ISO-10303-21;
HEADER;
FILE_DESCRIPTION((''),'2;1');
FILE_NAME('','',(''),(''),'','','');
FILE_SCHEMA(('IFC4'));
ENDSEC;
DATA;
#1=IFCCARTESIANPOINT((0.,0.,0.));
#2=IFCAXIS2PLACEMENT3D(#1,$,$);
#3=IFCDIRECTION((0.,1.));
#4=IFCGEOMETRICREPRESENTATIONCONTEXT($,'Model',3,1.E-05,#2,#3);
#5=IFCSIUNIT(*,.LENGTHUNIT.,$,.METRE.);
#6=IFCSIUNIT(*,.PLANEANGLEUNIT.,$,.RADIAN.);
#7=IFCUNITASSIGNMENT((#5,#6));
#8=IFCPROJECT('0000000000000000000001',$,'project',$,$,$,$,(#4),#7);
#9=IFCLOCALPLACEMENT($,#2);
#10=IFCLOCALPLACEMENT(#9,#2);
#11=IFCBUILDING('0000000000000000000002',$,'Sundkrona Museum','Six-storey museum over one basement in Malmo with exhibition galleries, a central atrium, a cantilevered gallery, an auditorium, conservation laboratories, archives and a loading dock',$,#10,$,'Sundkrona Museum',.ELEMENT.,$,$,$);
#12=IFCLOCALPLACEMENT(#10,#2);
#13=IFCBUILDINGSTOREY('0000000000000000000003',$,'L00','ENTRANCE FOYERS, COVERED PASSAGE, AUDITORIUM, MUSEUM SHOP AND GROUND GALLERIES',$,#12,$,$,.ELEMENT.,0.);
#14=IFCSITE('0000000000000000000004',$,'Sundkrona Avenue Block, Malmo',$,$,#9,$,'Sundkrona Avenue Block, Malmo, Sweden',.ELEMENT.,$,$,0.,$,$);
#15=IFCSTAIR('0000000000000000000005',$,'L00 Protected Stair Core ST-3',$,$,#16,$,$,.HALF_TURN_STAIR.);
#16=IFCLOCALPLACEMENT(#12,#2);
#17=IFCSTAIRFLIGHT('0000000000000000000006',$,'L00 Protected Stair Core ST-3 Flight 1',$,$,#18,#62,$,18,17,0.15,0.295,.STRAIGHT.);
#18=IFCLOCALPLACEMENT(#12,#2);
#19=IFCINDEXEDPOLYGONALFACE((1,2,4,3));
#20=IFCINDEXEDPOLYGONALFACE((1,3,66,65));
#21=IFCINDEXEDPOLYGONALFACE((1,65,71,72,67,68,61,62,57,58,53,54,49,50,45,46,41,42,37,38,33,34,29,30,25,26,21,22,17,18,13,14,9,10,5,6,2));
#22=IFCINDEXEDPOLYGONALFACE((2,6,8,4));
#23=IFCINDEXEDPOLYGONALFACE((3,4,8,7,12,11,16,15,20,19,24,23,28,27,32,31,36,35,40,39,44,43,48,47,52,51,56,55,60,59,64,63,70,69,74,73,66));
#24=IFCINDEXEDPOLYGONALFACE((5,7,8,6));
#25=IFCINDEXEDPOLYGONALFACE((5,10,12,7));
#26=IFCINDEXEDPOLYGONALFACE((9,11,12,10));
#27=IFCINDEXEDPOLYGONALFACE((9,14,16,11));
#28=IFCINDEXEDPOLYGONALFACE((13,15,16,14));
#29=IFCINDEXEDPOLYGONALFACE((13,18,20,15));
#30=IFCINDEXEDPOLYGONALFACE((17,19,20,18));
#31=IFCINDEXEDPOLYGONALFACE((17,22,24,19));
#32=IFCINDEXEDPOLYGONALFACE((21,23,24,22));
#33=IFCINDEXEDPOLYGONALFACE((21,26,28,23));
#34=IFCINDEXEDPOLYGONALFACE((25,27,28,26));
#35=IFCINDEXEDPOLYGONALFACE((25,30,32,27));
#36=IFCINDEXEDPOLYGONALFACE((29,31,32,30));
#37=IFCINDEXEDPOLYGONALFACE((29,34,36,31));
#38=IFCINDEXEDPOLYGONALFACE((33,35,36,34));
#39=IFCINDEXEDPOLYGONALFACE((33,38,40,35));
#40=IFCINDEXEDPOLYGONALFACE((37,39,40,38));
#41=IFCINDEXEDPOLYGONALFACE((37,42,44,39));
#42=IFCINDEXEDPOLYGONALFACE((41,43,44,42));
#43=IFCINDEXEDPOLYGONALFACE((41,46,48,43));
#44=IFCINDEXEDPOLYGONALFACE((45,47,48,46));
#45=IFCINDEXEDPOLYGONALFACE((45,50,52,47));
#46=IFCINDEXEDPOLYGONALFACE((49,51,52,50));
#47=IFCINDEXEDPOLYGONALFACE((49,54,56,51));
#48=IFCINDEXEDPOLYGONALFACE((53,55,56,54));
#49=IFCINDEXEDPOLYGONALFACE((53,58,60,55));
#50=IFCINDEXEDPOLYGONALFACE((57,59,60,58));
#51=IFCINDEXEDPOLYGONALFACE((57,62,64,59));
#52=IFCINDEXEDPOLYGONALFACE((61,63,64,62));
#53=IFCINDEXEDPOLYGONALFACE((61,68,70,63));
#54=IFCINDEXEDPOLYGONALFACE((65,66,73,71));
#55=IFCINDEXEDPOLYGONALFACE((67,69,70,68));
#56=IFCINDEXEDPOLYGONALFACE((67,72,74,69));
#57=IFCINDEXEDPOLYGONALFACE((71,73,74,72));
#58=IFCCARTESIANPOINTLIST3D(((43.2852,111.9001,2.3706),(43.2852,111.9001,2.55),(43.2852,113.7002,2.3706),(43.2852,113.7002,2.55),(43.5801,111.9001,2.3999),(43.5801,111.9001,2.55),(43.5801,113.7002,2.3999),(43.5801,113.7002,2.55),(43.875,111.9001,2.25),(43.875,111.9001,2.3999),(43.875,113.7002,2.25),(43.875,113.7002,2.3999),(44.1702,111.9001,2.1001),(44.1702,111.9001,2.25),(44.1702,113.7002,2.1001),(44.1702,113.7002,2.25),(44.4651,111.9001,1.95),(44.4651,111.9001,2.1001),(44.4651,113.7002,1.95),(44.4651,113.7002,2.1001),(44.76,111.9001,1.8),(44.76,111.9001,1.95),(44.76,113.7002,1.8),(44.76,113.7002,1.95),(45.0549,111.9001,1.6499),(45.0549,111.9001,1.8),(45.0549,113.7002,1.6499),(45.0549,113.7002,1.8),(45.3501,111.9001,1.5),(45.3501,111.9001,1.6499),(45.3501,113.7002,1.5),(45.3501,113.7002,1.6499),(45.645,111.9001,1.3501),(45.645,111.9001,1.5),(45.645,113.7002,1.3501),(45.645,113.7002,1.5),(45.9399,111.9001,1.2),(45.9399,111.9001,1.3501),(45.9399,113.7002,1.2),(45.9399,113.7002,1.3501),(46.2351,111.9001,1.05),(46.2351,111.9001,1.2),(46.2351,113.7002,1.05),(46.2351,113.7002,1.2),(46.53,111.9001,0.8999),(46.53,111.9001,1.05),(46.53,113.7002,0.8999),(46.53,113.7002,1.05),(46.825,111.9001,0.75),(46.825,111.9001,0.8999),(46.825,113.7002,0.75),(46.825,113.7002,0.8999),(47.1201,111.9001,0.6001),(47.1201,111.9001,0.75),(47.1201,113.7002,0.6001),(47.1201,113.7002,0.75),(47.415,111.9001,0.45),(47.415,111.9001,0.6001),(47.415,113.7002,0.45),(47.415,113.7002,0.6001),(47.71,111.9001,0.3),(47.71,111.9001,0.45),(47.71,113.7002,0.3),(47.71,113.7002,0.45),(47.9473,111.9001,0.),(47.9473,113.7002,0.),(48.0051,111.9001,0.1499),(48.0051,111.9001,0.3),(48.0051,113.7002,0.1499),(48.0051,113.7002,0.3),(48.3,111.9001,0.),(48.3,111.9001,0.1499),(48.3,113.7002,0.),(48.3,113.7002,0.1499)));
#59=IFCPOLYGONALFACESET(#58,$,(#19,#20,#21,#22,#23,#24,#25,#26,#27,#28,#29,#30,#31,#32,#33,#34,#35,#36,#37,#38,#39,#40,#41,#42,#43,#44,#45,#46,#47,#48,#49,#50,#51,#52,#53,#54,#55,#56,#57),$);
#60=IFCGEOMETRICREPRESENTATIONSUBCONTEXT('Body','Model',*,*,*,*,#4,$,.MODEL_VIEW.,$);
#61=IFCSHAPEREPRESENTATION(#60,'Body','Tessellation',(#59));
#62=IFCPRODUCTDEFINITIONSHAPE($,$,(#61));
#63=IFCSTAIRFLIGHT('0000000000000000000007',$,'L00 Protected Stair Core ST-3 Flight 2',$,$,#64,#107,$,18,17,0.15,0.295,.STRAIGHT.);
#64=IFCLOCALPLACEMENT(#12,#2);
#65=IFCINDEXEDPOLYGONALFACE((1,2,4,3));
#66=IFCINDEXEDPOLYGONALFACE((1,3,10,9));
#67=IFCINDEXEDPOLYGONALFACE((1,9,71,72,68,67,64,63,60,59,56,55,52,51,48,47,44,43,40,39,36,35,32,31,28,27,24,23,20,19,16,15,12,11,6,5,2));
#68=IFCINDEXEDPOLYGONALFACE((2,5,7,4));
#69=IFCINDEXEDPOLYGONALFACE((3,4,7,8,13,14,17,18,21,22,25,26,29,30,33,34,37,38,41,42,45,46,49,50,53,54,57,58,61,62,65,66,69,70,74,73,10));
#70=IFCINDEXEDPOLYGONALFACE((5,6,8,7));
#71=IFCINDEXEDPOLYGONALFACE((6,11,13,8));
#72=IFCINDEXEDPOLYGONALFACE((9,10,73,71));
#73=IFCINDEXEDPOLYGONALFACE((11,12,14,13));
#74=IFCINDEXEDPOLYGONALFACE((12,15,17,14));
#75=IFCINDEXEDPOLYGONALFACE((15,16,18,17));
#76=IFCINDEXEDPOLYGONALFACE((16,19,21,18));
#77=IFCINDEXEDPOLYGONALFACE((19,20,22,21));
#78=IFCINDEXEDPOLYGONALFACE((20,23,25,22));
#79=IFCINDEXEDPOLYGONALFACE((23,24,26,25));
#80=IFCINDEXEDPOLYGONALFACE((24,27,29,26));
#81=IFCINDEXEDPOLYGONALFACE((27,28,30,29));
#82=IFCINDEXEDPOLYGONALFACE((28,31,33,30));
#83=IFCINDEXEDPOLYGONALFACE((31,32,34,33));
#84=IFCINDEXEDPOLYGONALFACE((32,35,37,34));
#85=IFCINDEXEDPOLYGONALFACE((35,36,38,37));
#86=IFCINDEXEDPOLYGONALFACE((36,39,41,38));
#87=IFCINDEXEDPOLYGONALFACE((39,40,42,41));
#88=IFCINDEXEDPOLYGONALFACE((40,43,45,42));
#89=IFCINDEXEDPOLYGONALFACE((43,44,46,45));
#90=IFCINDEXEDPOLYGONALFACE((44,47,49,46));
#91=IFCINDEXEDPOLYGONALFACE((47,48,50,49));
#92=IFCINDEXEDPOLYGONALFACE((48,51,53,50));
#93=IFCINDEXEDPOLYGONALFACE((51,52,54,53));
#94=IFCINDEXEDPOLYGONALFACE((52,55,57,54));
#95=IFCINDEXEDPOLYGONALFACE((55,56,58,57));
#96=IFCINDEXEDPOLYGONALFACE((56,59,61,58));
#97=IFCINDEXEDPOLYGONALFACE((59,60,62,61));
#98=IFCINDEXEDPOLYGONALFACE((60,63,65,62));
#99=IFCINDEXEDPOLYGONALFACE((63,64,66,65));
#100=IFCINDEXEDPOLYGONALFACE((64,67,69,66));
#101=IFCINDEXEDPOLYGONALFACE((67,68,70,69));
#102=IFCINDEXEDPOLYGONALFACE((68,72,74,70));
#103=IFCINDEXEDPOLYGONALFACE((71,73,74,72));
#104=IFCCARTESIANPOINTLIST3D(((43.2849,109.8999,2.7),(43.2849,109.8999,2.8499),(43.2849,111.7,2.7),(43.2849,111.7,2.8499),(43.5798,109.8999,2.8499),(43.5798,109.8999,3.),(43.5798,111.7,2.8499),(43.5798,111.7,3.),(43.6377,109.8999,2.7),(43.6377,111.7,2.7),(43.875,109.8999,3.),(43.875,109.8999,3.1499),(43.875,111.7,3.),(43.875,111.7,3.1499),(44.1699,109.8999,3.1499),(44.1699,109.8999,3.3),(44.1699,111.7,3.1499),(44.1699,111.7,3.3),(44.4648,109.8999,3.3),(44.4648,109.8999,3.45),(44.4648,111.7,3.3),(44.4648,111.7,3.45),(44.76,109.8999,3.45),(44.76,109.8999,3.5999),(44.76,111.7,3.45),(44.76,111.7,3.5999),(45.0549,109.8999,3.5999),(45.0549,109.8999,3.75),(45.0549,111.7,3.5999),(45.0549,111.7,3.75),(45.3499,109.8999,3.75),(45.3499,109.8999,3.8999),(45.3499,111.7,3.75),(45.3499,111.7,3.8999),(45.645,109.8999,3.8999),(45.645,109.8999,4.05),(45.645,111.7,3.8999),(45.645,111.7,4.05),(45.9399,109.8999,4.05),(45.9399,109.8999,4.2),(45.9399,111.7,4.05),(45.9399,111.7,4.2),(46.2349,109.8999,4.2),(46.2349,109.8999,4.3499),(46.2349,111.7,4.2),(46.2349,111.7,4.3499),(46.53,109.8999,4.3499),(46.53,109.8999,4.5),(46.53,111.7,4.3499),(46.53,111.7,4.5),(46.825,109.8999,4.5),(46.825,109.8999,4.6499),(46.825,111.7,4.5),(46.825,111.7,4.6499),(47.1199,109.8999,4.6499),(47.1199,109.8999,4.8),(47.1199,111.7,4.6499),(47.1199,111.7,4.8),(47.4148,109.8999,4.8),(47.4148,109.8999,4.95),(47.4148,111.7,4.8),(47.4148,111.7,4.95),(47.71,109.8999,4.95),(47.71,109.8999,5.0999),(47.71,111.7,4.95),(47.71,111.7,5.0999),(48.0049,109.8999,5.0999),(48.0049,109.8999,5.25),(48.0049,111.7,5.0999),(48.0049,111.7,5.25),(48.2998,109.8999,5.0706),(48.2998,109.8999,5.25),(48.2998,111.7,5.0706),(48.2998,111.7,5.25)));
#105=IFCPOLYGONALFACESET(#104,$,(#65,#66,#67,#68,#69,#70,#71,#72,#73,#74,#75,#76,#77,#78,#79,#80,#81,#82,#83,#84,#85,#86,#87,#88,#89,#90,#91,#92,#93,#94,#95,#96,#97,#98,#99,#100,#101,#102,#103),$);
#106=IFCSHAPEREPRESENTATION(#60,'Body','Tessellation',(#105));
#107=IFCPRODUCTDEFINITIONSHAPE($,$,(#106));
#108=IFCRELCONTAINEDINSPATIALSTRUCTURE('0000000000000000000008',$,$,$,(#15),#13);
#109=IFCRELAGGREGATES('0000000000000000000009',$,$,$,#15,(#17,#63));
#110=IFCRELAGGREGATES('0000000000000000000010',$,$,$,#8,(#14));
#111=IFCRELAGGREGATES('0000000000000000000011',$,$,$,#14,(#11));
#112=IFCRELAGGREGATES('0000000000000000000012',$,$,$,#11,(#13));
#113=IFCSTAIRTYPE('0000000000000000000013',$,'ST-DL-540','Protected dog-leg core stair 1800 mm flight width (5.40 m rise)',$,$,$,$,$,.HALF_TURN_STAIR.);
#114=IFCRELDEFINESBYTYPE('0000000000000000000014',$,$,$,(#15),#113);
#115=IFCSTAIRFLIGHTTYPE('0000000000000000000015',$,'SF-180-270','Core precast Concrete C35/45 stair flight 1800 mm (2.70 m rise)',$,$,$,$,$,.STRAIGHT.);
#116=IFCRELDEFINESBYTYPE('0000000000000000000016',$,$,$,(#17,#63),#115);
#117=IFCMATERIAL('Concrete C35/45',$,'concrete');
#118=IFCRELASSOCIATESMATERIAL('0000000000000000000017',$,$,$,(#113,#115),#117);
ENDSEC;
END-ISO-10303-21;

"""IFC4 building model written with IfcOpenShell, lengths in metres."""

from ifc_helpers import new_model, si_unit, direction, frame, origin, place, context, subcontext, project, spatial, polyline, outline, extrude, material, type_object, element, aggregate, save


model = new_model("IFC4")

# Units and contexts
model_context = context("Model", 3, precision=1e-05, world=origin(), true_north=direction((0.0, 1.0)))
body_context = subcontext(model_context, "Body", "Model", "MODEL_VIEW")
ifc_project = project(units=[si_unit("LENGTHUNIT", "METRE"), si_unit("PLANEANGLEUNIT", "RADIAN")], contexts=[model_context])

# Site, building, storey
site_placement = place(None, origin())
site = spatial("IfcSite", under=ifc_project, at=site_placement, Name="Sundkrona Avenue Block, Malmo", LongName="Sundkrona Avenue Block, Malmo, Sweden", CompositionType="ELEMENT", RefElevation=0.0)
building_placement = place(site_placement, origin())
building = spatial("IfcBuilding", under=site, at=building_placement, Name="Sundkrona Museum", Description="Six-storey museum over one basement in Malmo with exhibition galleries, a central atrium, a cantilevered gallery, an auditorium, conservation laboratories, archives and a loading dock", LongName="Sundkrona Museum", CompositionType="ELEMENT")
storey_placement = place(building_placement, origin())
storey = spatial("IfcBuildingStorey", under=building, at=storey_placement, Name="L00", Description="ENTRANCE FOYERS, COVERED PASSAGE, AUDITORIUM, MUSEUM SHOP AND GROUND GALLERIES", CompositionType="ELEMENT", Elevation=0.0)

# Stair, stair flights
ifc_material_1 = material(Name="Concrete C35/45", Category="concrete")
stair_type = type_object("IfcStairType", Name="ST-DL-540", Description="Protected dog-leg core stair 1800 mm flight width (5.40 m rise)", PredefinedType="HALF_TURN_STAIR", material=ifc_material_1)
stair_placement = place(storey_placement, origin())
stair = element("IfcStair", 1, at=stair_placement, inside=storey, type_object=stair_type, Name="L00 Protected Stair Core ST-3", PredefinedType="HALF_TURN_STAIR")
stair_flight_type = type_object("IfcStairFlightType", Name="SF-180-270", Description="Core precast Concrete C35/45 stair flight 1800 mm (2.70 m rise)", PredefinedType="STRAIGHT", material=ifc_material_1)
stair_flight_1_placement = place(storey_placement, frame((48.3, 112.8, 0.0), z_axis=(0.0, 0.0, 1.0), x_axis=(-1.0, 0.0, 0.0)))
stair_flight_1 = element("IfcStairFlight", 2, at=stair_flight_1_placement, type_object=stair_flight_type, Name="L00 Protected Stair Core ST-3 Flight 1", NumberOfRisers=18, NumberOfTreads=17, PredefinedType="STRAIGHT", RiserHeight=0.15, TreadLength=0.295, context=body_context, shape_type="SweptSolid", body=[
    extrude(outline(polyline([(0.0, 0.0), (0.0, 0.1499), (0.2949, 0.1499), (0.2949, 0.3), (0.5901, 0.3), (0.5901, 0.45), (0.885, 0.45), (0.885, 0.6001), (1.1799, 0.6001), (1.1799, 0.75), (1.4751, 0.75), (1.4751, 0.8999), (1.77, 0.8999), (1.77, 1.05), (2.0649, 1.05), (2.0649, 1.2), (2.3601, 1.2), (2.3601, 1.3501), (2.655, 1.3501), (2.655, 1.5), (2.95, 1.5), (2.95, 1.6499), (3.2451, 1.6499), (3.2451, 1.8), (3.54, 1.8), (3.54, 1.95), (3.835, 1.95), (3.835, 2.1001), (4.1299, 2.1001), (4.1299, 2.25), (4.425, 2.25), (4.425, 2.3999), (4.72, 2.3999), (4.72, 2.55), (5.0149, 2.55), (5.0149, 2.7), (5.0149, 2.3706), (0.3528, 0.0), (0.0, 0.0)])), frame((0.0, 0.8999, 0.0), z_axis=(0.0, -1.0, 0.0), x_axis=(1.0, 0.0, 0.0)), (0.0, 0.0, 1.0), 1.8),
])
stair_flight_2_placement = place(storey_placement, frame((43.2849, 110.8, 2.7), z_axis=(0.0, 0.0, 1.0), x_axis=(1.0, 0.0, 0.0)))
stair_flight_2 = element("IfcStairFlight", 3, at=stair_flight_2_placement, type_object=stair_flight_type, Name="L00 Protected Stair Core ST-3 Flight 2", NumberOfRisers=18, NumberOfTreads=17, PredefinedType="STRAIGHT", RiserHeight=0.15, TreadLength=0.295, context=body_context, shape_type="SweptSolid", body=[
    extrude(outline(polyline([(0.0, 0.0), (0.0, 0.1499), (0.2949, 0.1499), (0.2949, 0.3), (0.5901, 0.3), (0.5901, 0.45), (0.885, 0.45), (0.885, 0.6001), (1.1799, 0.6001), (1.1799, 0.75), (1.4751, 0.75), (1.4751, 0.8999), (1.77, 0.8999), (1.77, 1.05), (2.0649, 1.05), (2.0649, 1.2), (2.3601, 1.2), (2.3601, 1.3501), (2.655, 1.3501), (2.655, 1.5), (2.95, 1.5), (2.95, 1.6499), (3.2451, 1.6499), (3.2451, 1.8), (3.54, 1.8), (3.54, 1.95), (3.835, 1.95), (3.835, 2.1001), (4.1299, 2.1001), (4.1299, 2.25), (4.425, 2.25), (4.425, 2.3999), (4.72, 2.3999), (4.72, 2.55), (5.0149, 2.55), (5.0149, 2.7), (5.0149, 2.3706), (0.3528, 0.0), (0.0, 0.0)])), frame((0.0, 0.8999, 0.0), z_axis=(0.0, -1.0, 0.0), x_axis=(1.0, 0.0, 0.0)), (0.0, 0.0, 1.0), 1.8),
])
aggregate(stair, [stair_flight_1, stair_flight_2])

save(model, "model.ifc")
